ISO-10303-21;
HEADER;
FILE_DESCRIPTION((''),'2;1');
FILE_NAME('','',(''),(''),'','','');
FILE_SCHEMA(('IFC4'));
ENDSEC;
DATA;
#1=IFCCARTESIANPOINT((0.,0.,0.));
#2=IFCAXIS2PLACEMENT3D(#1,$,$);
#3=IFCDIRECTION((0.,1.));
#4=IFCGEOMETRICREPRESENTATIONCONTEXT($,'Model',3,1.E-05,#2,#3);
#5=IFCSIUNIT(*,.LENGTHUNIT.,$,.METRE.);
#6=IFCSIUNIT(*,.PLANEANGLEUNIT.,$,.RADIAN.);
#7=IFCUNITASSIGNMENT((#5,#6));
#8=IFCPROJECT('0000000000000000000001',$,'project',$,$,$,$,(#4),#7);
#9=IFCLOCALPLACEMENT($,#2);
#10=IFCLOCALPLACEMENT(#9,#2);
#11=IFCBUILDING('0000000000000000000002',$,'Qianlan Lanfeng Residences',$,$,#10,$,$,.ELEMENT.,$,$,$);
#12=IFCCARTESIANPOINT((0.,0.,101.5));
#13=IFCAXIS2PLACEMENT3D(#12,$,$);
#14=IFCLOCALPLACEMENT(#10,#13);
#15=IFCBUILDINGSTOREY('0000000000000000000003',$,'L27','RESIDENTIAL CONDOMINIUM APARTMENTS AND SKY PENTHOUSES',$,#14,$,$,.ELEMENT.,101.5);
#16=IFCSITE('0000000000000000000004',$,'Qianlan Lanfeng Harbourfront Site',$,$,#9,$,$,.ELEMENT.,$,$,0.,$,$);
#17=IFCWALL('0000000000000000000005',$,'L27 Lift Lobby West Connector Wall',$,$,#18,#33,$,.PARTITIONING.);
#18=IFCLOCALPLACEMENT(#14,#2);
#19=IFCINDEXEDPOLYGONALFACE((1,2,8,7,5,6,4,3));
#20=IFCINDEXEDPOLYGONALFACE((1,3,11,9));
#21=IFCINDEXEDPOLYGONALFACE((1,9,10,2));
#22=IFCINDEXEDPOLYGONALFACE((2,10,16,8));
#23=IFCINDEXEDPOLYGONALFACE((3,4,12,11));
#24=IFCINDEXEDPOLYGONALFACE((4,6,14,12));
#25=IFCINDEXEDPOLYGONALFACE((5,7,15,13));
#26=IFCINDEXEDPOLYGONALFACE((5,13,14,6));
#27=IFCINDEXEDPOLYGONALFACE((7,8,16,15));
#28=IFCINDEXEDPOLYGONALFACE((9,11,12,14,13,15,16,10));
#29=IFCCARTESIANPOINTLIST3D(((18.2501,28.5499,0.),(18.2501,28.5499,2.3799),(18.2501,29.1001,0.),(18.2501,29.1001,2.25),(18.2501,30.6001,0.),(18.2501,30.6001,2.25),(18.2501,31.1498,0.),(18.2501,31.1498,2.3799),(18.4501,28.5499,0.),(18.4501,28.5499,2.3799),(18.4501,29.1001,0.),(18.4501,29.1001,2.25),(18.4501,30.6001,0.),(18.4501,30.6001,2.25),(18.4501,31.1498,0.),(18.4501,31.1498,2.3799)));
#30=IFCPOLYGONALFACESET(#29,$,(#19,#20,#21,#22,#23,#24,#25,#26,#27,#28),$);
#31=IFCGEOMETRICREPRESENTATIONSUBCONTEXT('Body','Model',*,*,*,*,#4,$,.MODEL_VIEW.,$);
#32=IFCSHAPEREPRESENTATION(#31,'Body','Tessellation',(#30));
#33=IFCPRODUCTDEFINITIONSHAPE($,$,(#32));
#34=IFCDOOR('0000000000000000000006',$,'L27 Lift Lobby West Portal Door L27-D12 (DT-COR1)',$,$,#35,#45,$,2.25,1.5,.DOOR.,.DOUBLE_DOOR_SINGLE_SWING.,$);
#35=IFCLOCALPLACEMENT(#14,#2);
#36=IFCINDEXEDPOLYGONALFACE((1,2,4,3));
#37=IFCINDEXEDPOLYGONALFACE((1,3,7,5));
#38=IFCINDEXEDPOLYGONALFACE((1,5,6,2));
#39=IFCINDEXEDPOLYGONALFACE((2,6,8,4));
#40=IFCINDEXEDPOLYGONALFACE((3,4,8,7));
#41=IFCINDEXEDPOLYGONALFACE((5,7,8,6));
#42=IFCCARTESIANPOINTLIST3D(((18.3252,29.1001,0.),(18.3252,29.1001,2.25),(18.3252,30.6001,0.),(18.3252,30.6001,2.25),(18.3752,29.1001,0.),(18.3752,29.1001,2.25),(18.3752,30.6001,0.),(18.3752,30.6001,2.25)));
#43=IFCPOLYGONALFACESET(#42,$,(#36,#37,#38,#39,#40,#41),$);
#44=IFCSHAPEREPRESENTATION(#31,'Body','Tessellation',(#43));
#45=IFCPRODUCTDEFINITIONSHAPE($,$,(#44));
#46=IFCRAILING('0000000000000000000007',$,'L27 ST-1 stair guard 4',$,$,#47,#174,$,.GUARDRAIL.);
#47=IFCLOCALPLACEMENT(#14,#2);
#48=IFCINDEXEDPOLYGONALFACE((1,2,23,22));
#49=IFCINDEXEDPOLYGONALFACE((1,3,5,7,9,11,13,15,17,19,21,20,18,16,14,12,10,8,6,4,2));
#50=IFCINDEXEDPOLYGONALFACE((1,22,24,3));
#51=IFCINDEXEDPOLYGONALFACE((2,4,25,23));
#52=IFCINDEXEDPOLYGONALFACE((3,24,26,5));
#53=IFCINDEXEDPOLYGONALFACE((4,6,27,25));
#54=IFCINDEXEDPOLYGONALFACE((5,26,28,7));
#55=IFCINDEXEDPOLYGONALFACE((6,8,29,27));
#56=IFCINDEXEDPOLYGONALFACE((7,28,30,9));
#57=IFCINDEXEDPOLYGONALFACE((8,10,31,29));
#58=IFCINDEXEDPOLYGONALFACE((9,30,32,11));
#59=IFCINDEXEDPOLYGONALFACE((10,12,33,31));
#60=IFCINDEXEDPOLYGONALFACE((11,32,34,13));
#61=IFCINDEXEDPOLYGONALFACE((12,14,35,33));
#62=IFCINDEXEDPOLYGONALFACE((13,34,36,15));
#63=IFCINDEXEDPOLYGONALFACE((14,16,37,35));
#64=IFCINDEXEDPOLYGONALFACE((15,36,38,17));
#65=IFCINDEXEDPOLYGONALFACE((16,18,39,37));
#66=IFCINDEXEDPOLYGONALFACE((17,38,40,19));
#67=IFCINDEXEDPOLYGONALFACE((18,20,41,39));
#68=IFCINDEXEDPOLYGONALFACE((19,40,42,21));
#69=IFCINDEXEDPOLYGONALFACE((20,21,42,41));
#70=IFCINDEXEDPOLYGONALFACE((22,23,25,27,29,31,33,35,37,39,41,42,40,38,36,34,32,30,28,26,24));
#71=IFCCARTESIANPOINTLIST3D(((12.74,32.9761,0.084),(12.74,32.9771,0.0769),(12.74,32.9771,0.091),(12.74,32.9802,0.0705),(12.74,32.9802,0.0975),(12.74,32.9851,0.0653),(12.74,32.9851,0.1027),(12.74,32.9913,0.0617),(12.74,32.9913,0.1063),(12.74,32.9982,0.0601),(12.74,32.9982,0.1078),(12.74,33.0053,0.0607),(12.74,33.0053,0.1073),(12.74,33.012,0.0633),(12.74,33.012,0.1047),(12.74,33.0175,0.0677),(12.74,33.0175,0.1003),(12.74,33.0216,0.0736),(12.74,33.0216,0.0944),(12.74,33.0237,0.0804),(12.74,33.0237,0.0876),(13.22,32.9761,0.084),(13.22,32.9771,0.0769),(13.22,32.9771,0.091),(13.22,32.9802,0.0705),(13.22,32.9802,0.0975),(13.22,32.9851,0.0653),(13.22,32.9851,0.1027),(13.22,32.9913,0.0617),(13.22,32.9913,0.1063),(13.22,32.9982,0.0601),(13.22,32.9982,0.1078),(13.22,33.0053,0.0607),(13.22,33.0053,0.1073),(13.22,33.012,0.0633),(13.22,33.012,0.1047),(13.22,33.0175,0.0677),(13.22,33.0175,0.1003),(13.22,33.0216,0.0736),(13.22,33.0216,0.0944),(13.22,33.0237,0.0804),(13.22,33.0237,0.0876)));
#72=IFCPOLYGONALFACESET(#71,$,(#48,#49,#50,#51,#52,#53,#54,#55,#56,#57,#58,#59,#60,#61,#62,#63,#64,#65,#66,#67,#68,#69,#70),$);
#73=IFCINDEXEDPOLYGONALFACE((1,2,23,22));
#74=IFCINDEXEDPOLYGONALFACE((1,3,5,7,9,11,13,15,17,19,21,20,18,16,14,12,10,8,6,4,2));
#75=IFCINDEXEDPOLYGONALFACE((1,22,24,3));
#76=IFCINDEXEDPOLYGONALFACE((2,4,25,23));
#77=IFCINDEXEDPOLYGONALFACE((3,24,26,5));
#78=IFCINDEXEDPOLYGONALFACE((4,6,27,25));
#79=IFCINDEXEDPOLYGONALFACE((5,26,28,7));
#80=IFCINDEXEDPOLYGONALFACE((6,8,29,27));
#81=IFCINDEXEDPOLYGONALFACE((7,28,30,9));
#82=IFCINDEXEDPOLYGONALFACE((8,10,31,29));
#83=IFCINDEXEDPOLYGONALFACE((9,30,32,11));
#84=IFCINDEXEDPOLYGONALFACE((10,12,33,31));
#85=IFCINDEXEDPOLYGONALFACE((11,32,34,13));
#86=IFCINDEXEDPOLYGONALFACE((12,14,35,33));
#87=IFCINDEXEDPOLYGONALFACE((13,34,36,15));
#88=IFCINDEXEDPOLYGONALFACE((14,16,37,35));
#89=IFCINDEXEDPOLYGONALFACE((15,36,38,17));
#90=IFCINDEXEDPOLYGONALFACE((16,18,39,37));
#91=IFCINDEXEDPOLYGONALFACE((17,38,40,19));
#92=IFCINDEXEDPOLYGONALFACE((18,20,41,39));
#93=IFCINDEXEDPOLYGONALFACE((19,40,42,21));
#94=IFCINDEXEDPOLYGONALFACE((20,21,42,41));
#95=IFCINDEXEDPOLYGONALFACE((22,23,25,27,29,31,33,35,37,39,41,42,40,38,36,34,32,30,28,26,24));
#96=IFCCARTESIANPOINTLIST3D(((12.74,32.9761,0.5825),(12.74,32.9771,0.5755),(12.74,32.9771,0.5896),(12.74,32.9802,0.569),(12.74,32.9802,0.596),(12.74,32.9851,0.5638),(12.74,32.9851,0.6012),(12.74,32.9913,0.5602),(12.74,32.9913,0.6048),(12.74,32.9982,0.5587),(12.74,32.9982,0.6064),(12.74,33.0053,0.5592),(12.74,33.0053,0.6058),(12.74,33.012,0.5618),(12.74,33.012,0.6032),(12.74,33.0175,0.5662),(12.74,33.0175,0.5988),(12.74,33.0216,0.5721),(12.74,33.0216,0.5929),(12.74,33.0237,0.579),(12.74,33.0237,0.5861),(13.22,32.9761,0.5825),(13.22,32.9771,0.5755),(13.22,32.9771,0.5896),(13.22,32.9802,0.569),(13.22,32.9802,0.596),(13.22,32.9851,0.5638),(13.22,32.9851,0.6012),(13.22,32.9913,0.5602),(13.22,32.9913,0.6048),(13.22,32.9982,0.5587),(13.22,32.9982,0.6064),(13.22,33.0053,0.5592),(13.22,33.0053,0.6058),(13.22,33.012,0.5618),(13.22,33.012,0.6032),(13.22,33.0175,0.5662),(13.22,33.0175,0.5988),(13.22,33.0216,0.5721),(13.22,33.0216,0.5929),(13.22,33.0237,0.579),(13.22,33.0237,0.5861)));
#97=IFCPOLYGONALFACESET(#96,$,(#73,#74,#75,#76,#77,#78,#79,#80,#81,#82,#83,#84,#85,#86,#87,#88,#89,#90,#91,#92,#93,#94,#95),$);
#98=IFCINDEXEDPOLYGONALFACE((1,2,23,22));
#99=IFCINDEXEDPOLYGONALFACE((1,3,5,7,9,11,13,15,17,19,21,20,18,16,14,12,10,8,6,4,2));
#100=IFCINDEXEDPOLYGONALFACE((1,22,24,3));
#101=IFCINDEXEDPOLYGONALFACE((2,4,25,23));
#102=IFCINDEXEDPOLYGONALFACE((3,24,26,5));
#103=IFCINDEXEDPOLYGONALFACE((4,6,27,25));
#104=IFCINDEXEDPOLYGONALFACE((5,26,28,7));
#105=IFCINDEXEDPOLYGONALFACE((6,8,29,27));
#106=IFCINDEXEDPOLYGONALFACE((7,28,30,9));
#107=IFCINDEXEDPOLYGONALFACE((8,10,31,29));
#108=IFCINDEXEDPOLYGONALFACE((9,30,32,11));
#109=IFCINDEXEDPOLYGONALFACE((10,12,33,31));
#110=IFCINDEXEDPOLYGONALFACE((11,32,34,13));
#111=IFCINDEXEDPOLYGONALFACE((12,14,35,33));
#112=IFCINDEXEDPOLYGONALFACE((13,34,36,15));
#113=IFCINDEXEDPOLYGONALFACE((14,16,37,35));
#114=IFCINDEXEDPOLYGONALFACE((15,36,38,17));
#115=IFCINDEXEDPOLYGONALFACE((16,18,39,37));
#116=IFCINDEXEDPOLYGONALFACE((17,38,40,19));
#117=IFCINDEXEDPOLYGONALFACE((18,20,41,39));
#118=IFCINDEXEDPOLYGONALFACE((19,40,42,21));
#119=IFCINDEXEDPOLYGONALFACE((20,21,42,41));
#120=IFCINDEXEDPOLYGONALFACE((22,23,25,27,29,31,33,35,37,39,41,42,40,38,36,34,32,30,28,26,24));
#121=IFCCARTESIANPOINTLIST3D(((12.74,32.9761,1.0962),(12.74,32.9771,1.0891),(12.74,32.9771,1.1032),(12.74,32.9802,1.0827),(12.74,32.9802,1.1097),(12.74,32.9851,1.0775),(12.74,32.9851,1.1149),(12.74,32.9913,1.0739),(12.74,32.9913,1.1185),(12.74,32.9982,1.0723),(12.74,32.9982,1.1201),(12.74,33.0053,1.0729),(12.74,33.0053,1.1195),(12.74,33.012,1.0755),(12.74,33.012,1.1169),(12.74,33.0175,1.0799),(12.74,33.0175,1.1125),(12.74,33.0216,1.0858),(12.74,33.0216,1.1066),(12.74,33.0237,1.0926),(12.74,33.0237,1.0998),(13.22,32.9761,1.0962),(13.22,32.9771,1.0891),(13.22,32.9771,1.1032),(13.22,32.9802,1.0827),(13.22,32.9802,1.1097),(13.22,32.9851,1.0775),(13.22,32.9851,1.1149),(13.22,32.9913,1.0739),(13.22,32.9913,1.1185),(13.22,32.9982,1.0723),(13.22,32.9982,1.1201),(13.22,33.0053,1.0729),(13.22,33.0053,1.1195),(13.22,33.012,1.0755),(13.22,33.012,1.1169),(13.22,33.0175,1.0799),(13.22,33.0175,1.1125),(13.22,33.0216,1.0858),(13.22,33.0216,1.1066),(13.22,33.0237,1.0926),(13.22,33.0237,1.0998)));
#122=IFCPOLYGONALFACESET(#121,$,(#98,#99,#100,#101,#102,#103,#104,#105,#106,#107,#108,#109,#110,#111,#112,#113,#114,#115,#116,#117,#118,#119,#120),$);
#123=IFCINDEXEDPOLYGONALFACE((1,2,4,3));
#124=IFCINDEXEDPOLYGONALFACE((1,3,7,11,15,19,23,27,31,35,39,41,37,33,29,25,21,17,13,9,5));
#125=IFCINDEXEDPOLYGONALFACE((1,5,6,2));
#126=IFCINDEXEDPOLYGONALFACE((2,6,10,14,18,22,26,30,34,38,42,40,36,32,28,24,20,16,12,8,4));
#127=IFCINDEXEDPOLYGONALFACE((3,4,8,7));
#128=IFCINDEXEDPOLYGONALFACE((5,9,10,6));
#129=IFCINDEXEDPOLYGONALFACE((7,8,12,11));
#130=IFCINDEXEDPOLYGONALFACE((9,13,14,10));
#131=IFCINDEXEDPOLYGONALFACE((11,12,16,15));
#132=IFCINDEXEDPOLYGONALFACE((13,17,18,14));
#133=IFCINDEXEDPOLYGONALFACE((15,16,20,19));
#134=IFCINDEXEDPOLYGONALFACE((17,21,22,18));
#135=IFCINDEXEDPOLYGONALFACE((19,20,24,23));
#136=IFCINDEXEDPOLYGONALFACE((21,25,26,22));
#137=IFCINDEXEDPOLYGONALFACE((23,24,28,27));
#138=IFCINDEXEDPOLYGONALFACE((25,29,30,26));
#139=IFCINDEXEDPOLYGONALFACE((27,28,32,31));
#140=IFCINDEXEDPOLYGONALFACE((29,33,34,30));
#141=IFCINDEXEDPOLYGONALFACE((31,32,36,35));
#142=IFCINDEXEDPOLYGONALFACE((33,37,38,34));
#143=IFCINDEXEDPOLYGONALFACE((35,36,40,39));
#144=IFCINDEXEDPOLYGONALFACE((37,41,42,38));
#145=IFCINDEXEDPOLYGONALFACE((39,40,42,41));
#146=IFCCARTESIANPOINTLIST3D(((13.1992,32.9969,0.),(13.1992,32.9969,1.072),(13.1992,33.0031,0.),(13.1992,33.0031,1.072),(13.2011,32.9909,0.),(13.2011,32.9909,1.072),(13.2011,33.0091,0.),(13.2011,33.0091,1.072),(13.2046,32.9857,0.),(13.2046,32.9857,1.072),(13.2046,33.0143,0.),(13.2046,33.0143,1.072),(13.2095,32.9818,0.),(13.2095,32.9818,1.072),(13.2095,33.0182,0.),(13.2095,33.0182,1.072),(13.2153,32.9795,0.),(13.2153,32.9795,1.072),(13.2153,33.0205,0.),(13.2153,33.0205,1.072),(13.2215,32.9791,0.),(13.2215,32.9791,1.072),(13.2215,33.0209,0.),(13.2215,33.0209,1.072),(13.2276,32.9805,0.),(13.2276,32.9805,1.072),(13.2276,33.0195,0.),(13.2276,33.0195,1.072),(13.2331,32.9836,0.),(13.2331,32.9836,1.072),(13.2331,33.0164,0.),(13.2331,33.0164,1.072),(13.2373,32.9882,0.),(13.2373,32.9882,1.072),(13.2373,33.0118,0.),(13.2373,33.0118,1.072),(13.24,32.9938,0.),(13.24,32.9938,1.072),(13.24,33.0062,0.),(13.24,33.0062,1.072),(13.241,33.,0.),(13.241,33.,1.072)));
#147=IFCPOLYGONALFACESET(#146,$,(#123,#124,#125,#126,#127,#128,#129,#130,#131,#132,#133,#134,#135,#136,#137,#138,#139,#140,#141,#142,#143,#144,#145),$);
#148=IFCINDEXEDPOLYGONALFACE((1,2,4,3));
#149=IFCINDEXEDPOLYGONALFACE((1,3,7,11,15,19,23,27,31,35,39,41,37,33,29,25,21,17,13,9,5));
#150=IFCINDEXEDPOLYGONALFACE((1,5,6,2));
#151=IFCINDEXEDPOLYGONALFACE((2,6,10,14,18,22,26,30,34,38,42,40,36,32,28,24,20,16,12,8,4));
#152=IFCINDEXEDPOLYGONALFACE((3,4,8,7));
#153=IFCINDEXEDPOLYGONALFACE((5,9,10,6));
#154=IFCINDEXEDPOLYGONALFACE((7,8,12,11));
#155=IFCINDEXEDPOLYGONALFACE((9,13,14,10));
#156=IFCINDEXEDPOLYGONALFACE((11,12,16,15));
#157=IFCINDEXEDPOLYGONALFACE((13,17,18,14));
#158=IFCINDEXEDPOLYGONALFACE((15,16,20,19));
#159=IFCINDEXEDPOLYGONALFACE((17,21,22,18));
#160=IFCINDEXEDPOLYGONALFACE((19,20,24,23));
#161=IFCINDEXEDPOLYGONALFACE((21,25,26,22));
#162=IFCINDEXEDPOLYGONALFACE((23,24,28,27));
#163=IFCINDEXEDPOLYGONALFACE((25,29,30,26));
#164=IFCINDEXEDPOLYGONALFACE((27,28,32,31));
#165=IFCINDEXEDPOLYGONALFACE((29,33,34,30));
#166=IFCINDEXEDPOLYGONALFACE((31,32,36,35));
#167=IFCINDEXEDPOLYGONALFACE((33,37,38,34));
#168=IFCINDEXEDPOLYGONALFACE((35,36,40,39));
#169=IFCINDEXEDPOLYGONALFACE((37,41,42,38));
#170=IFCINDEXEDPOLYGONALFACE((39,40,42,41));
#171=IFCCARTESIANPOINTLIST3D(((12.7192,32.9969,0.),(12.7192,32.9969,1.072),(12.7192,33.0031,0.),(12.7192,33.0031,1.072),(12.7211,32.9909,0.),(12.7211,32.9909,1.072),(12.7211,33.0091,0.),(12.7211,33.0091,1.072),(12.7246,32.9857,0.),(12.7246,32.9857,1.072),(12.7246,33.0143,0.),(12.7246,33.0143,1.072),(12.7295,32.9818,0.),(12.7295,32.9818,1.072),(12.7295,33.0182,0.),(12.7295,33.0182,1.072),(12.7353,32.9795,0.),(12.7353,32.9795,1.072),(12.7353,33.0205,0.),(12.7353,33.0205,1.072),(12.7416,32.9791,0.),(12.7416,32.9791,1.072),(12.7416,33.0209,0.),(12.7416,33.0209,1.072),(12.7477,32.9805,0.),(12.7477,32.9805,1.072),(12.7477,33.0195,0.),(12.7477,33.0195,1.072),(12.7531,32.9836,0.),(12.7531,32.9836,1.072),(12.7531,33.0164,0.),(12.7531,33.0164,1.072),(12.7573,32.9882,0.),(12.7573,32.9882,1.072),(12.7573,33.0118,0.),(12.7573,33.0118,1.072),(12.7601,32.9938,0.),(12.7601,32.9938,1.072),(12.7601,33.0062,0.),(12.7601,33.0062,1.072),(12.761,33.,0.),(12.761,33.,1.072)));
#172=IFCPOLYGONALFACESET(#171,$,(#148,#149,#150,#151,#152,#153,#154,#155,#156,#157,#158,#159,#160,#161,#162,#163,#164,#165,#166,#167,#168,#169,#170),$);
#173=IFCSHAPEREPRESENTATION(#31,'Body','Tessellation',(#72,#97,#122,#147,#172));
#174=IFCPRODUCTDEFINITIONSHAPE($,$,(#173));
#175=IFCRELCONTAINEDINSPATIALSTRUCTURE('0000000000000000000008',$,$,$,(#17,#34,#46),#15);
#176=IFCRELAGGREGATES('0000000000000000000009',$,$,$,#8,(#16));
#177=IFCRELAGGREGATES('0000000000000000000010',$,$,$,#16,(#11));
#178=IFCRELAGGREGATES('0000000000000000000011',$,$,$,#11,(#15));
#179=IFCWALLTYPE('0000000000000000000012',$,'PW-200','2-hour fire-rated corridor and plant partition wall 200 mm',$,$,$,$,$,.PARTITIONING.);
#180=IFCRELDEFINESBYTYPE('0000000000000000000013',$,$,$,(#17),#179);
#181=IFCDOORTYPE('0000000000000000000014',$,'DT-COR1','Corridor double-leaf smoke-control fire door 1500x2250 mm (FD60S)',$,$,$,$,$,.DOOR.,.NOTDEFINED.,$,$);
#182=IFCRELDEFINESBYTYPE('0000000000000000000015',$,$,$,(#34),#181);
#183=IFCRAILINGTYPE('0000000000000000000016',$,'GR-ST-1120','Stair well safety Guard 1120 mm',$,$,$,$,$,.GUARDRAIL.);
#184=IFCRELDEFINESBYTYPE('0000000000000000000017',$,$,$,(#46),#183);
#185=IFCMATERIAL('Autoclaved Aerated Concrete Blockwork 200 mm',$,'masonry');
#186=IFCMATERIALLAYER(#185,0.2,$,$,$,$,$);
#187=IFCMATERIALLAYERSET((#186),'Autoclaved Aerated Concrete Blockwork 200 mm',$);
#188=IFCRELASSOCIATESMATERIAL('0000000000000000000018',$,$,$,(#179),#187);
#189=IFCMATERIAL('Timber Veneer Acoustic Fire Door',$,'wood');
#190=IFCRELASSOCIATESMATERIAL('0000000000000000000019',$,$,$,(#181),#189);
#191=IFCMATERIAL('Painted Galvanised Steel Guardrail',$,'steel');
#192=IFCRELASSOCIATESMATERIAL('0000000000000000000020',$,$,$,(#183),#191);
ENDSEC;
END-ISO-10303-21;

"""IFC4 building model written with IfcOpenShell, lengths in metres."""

from ifc_helpers import new_model, si_unit, direction, frame, frame_2d, origin, origin_2d, place, context, subcontext, project, spatial, rectangle, circle, extrude, material, layer, layer_set, type_object, element, fill, save


model = new_model("IFC4")

# Units and contexts
model_context = context("Model", 3, precision=1e-05, world=origin(), true_north=direction((0.0, 1.0)))
body_context = subcontext(model_context, "Body", "Model", "MODEL_VIEW")
ifc_project = project(units=[si_unit("LENGTHUNIT", "METRE"), si_unit("PLANEANGLEUNIT", "RADIAN")], contexts=[model_context])

# Site, building, storey
site_placement = place(None, origin())
site = spatial("IfcSite", under=ifc_project, at=site_placement, Name="Qianlan Lanfeng Harbourfront Site", CompositionType="ELEMENT", RefElevation=0.0)
building_placement = place(site_placement, origin())
building = spatial("IfcBuilding", under=site, at=building_placement, Name="Qianlan Lanfeng Residences", CompositionType="ELEMENT")
storey_placement = place(building_placement, frame((0.0, 0.0, 101.5)))
storey = spatial("IfcBuildingStorey", under=building, at=storey_placement, Name="L27", Description="RESIDENTIAL CONDOMINIUM APARTMENTS AND SKY PENTHOUSES", CompositionType="ELEMENT", Elevation=101.5)

# Wall, opening, door
ifc_material_1 = material(Name="Autoclaved Aerated Concrete Blockwork 200 mm", Category="masonry")
ifc_layer_1 = layer(ifc_material_1, 0.2)
ifc_layer_set_1 = layer_set([ifc_layer_1], Name="Autoclaved Aerated Concrete Blockwork 200 mm")
wall_type_1 = type_object("IfcWallType", Name="PW-200", Description="2-hour fire-rated corridor and plant partition wall 200 mm", PredefinedType="PARTITIONING", material=ifc_layer_set_1)
wall_1_placement = place(storey_placement, frame((18.3501, 28.55, 0.0), z_axis=(0.0, 0.0, 1.0), x_axis=(0.0, 1.0, 0.0)))
wall_1 = element("IfcWall", 1, at=wall_1_placement, inside=storey, type_object=wall_type_1, Name="L27 Lift Lobby West Connector Wall", PredefinedType="PARTITIONING", context=body_context, shape_type="SweptSolid", body=[
    extrude(rectangle(XDim=2.5999, YDim=0.2, at=frame_2d((1.2998, 0.0))), origin(), (0.0, 0.0, 1.0), 2.3799),
])
opening_1_placement = place(wall_1_placement, frame((0.55, 0.0, 0.0)))
opening_1 = element("IfcOpeningElement", 2, at=opening_1_placement, cuts=wall_1, PredefinedType="OPENING", context=body_context, shape_type="SweptSolid", body=[
    extrude(rectangle(XDim=1.5, YDim=2.25, at=frame_2d((0.75, 1.125))), frame((0.0, 0.1099, 0.0), z_axis=(0.0, -1.0, 0.0), x_axis=(1.0, 0.0, 0.0)), (0.0, 0.0, 1.0), 0.22),
])
ifc_material_2 = material(Name="Timber Veneer Acoustic Fire Door", Category="wood")
door_type_1 = type_object("IfcDoorType", Name="DT-COR1", Description="Corridor double-leaf smoke-control fire door 1500x2250 mm (FD60S)", OperationType="NOTDEFINED", PredefinedType="DOOR", material=ifc_material_2)
door_1_placement = place(opening_1_placement, origin())
door_1 = element("IfcDoor", 3, at=door_1_placement, inside=storey, type_object=door_type_1, Name="L27 Lift Lobby West Portal Door L27-D12 (DT-COR1)", OperationType="DOUBLE_DOOR_SINGLE_SWING", OverallHeight=2.25, OverallWidth=1.5, PredefinedType="DOOR", context=body_context, shape_type="SweptSolid", body=[
    extrude(rectangle(XDim=1.5, YDim=2.25, at=frame_2d((0.75, 1.125))), frame((0.0, 0.0249, 0.0), z_axis=(0.0, -1.0, 0.0), x_axis=(1.0, 0.0, 0.0)), (0.0, 0.0, 1.0), 0.05),
])
fill(opening_1, door_1)

# Railing
ifc_material_3 = material(Name="Painted Galvanised Steel Guardrail", Category="steel")
railing_type = type_object("IfcRailingType", Name="GR-ST-1120", Description="Stair well safety Guard 1120 mm", PredefinedType="GUARDRAIL", material=ifc_material_3)
railing_placement = place(storey_placement, frame((13.22, 33.0, 0.0)))
element("IfcRailing", 4, at=railing_placement, inside=storey, type_object=railing_type, Name="L27 ST-1 stair guard 4", PredefinedType="GUARDRAIL", context=body_context, shape_type="SweptSolid", body=[
    extrude(circle(Radius=0.0239, at=origin_2d()), frame((0.0, 0.0, 0.084), z_axis=(-1.0, 0.0, 0.0), x_axis=(0.0, -1.0, 0.0)), (0.0, 0.0, 1.0), 0.48),
    extrude(circle(Radius=0.0239, at=origin_2d()), frame((0.0, 0.0, 0.5825), z_axis=(-1.0, 0.0, 0.0), x_axis=(0.0, -1.0, 0.0)), (0.0, 0.0, 1.0), 0.48),
    extrude(circle(Radius=0.0239, at=origin_2d()), frame((0.0, 0.0, 1.0962), z_axis=(-1.0, 0.0, 0.0), x_axis=(0.0, -1.0, 0.0)), (0.0, 0.0, 1.0), 0.48),
    extrude(circle(Radius=0.021, at=origin_2d()), origin(), (0.0, 0.0, 1.0), 1.072),
    extrude(circle(Radius=0.021, at=origin_2d()), frame((-0.48, 0.0, 0.0)), (0.0, 0.0, 1.0), 1.072),
])

save(model, "model.ifc")
